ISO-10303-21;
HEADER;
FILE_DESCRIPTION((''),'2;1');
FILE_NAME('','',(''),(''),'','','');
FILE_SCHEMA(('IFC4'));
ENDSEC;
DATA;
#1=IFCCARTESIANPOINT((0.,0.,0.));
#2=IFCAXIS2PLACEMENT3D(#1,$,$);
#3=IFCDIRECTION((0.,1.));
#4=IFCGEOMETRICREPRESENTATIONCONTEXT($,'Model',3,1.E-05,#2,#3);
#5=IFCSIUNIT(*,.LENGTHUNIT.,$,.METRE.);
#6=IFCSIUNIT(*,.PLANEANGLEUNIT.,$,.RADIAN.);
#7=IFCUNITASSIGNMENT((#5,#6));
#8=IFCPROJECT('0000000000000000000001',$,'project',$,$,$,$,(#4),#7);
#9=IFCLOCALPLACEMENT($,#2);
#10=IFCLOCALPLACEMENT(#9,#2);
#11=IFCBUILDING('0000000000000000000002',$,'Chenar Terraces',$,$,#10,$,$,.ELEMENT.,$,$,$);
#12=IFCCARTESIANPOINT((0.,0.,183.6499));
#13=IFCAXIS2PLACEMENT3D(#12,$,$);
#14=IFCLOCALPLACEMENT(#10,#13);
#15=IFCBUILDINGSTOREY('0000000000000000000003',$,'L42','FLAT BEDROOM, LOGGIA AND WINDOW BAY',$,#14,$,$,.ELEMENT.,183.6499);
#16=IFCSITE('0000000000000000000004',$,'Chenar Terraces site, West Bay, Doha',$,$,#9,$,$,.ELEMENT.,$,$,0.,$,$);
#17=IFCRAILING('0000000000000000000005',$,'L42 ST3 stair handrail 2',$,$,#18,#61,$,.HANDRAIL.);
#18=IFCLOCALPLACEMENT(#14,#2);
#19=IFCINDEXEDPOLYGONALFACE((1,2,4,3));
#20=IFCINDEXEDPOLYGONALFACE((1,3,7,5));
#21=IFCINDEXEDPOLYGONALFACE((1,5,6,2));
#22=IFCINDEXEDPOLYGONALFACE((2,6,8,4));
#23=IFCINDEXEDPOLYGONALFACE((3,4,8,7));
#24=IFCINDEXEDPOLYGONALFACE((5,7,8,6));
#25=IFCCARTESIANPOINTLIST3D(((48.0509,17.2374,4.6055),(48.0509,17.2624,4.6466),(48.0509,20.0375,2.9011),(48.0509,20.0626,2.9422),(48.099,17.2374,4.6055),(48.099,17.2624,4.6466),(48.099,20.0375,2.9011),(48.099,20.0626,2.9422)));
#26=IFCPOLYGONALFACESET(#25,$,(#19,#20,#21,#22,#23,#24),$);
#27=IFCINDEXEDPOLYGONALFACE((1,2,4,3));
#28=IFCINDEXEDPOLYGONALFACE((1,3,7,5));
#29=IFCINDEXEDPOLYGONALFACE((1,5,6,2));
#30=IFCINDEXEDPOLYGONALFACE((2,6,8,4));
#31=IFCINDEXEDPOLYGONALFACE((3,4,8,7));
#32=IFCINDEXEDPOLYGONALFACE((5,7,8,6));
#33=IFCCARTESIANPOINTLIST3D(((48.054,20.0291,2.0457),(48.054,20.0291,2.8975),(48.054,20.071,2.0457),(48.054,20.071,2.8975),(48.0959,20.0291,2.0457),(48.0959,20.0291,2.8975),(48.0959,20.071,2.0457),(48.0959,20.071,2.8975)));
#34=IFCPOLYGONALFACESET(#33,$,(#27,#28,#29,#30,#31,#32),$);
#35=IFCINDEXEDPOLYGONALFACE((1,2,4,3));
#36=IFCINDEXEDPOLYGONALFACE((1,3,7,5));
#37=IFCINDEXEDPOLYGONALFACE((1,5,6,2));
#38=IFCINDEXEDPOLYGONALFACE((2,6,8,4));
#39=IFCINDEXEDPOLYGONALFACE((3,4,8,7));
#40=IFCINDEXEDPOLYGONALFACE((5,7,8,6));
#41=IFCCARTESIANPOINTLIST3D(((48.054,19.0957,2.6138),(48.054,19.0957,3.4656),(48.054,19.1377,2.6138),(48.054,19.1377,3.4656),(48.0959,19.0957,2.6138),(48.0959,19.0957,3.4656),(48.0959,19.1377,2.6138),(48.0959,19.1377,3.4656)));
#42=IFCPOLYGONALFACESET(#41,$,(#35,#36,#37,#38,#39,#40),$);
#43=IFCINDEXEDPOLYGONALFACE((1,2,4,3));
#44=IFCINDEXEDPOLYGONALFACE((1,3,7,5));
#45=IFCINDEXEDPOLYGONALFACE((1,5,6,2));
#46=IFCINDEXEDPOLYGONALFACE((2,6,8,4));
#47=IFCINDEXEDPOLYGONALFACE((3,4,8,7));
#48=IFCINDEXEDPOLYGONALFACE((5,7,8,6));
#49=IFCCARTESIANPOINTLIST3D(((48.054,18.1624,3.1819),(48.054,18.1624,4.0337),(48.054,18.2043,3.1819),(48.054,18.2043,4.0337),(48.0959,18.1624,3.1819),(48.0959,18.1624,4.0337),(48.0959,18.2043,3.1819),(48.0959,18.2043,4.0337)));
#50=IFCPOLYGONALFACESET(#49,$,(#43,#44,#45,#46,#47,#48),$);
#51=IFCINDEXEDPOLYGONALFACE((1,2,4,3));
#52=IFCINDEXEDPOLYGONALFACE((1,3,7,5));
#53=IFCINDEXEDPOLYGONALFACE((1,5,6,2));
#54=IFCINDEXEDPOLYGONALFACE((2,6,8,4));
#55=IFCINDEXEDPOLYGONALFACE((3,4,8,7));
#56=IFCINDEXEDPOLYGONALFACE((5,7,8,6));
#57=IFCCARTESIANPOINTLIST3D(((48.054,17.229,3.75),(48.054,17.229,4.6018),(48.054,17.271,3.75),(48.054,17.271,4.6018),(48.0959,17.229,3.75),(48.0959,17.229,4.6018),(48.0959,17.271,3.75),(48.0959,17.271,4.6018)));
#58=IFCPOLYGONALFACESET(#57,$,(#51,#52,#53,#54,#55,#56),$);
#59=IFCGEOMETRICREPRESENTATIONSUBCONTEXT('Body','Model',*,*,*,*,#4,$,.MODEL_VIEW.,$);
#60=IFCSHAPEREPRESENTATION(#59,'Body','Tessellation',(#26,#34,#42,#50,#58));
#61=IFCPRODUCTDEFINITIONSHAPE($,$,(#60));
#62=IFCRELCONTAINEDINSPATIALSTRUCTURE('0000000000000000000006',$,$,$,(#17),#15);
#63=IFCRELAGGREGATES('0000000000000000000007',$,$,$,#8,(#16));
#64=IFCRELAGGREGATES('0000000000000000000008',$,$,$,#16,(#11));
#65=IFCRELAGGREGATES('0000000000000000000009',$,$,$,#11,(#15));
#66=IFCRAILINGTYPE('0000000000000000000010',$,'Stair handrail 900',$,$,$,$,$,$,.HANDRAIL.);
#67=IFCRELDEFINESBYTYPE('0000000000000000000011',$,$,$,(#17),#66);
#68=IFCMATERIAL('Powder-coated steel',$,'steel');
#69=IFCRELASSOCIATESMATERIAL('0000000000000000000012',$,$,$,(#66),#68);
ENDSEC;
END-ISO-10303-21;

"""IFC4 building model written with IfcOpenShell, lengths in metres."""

from ifc_helpers import new_model, si_unit, direction, frame, origin, origin_2d, place, context, subcontext, project, spatial, rectangle, extrude, material, type_object, element, save


model = new_model("IFC4")

# Units and contexts
model_context = context("Model", 3, precision=1e-05, world=origin(), true_north=direction((0.0, 1.0)))
body_context = subcontext(model_context, "Body", "Model", "MODEL_VIEW")
ifc_project = project(units=[si_unit("LENGTHUNIT", "METRE"), si_unit("PLANEANGLEUNIT", "RADIAN")], contexts=[model_context])

# Site, building, storey
site_placement = place(None, origin())
site = spatial("IfcSite", under=ifc_project, at=site_placement, Name="Chenar Terraces site, West Bay, Doha", CompositionType="ELEMENT", RefElevation=0.0)
building_placement = place(site_placement, origin())
building = spatial("IfcBuilding", under=site, at=building_placement, Name="Chenar Terraces", CompositionType="ELEMENT")
storey_placement = place(building_placement, frame((0.0, 0.0, 183.6499)))
storey = spatial("IfcBuildingStorey", under=building, at=storey_placement, Name="L42", Description="FLAT BEDROOM, LOGGIA AND WINDOW BAY", CompositionType="ELEMENT", Elevation=183.6499)

# Railing
ifc_material_1 = material(Name="Powder-coated steel", Category="steel")
railing_type_1 = type_object("IfcRailingType", Name="Stair handrail 900", PredefinedType="HANDRAIL", material=ifc_material_1)
railing_1_placement = place(storey_placement, frame((48.075, 20.05, 2.0457)))
element("IfcRailing", 1, at=railing_1_placement, inside=storey, type_object=railing_type_1, Name="L42 ST3 stair handrail 2", PredefinedType="HANDRAIL", context=body_context, shape_type="SweptSolid", body=[
    extrude(rectangle(XDim=0.0481, YDim=0.0481, at=origin_2d()), frame((0.0, 0.0, 0.876), z_axis=(0.0, -0.854203, 0.51994), x_axis=(1.0, 0.0, 0.0)), (0.0, 0.0, 1.0), 3.2781),
    extrude(rectangle(XDim=0.042, YDim=0.042, at=origin_2d()), origin(), (0.0, 0.0, 1.0), 0.8518),
    extrude(rectangle(XDim=0.042, YDim=0.042, at=origin_2d()), frame((0.0, -0.9333, 0.5681)), (0.0, 0.0, 1.0), 0.8518),
    extrude(rectangle(XDim=0.042, YDim=0.042, at=origin_2d()), frame((0.0, -1.8667, 1.1362)), (0.0, 0.0, 1.0), 0.8518),
    extrude(rectangle(XDim=0.042, YDim=0.042, at=origin_2d()), frame((0.0, -2.8, 1.7043)), (0.0, 0.0, 1.0), 0.8518),
])

save(model, "model.ifc")
